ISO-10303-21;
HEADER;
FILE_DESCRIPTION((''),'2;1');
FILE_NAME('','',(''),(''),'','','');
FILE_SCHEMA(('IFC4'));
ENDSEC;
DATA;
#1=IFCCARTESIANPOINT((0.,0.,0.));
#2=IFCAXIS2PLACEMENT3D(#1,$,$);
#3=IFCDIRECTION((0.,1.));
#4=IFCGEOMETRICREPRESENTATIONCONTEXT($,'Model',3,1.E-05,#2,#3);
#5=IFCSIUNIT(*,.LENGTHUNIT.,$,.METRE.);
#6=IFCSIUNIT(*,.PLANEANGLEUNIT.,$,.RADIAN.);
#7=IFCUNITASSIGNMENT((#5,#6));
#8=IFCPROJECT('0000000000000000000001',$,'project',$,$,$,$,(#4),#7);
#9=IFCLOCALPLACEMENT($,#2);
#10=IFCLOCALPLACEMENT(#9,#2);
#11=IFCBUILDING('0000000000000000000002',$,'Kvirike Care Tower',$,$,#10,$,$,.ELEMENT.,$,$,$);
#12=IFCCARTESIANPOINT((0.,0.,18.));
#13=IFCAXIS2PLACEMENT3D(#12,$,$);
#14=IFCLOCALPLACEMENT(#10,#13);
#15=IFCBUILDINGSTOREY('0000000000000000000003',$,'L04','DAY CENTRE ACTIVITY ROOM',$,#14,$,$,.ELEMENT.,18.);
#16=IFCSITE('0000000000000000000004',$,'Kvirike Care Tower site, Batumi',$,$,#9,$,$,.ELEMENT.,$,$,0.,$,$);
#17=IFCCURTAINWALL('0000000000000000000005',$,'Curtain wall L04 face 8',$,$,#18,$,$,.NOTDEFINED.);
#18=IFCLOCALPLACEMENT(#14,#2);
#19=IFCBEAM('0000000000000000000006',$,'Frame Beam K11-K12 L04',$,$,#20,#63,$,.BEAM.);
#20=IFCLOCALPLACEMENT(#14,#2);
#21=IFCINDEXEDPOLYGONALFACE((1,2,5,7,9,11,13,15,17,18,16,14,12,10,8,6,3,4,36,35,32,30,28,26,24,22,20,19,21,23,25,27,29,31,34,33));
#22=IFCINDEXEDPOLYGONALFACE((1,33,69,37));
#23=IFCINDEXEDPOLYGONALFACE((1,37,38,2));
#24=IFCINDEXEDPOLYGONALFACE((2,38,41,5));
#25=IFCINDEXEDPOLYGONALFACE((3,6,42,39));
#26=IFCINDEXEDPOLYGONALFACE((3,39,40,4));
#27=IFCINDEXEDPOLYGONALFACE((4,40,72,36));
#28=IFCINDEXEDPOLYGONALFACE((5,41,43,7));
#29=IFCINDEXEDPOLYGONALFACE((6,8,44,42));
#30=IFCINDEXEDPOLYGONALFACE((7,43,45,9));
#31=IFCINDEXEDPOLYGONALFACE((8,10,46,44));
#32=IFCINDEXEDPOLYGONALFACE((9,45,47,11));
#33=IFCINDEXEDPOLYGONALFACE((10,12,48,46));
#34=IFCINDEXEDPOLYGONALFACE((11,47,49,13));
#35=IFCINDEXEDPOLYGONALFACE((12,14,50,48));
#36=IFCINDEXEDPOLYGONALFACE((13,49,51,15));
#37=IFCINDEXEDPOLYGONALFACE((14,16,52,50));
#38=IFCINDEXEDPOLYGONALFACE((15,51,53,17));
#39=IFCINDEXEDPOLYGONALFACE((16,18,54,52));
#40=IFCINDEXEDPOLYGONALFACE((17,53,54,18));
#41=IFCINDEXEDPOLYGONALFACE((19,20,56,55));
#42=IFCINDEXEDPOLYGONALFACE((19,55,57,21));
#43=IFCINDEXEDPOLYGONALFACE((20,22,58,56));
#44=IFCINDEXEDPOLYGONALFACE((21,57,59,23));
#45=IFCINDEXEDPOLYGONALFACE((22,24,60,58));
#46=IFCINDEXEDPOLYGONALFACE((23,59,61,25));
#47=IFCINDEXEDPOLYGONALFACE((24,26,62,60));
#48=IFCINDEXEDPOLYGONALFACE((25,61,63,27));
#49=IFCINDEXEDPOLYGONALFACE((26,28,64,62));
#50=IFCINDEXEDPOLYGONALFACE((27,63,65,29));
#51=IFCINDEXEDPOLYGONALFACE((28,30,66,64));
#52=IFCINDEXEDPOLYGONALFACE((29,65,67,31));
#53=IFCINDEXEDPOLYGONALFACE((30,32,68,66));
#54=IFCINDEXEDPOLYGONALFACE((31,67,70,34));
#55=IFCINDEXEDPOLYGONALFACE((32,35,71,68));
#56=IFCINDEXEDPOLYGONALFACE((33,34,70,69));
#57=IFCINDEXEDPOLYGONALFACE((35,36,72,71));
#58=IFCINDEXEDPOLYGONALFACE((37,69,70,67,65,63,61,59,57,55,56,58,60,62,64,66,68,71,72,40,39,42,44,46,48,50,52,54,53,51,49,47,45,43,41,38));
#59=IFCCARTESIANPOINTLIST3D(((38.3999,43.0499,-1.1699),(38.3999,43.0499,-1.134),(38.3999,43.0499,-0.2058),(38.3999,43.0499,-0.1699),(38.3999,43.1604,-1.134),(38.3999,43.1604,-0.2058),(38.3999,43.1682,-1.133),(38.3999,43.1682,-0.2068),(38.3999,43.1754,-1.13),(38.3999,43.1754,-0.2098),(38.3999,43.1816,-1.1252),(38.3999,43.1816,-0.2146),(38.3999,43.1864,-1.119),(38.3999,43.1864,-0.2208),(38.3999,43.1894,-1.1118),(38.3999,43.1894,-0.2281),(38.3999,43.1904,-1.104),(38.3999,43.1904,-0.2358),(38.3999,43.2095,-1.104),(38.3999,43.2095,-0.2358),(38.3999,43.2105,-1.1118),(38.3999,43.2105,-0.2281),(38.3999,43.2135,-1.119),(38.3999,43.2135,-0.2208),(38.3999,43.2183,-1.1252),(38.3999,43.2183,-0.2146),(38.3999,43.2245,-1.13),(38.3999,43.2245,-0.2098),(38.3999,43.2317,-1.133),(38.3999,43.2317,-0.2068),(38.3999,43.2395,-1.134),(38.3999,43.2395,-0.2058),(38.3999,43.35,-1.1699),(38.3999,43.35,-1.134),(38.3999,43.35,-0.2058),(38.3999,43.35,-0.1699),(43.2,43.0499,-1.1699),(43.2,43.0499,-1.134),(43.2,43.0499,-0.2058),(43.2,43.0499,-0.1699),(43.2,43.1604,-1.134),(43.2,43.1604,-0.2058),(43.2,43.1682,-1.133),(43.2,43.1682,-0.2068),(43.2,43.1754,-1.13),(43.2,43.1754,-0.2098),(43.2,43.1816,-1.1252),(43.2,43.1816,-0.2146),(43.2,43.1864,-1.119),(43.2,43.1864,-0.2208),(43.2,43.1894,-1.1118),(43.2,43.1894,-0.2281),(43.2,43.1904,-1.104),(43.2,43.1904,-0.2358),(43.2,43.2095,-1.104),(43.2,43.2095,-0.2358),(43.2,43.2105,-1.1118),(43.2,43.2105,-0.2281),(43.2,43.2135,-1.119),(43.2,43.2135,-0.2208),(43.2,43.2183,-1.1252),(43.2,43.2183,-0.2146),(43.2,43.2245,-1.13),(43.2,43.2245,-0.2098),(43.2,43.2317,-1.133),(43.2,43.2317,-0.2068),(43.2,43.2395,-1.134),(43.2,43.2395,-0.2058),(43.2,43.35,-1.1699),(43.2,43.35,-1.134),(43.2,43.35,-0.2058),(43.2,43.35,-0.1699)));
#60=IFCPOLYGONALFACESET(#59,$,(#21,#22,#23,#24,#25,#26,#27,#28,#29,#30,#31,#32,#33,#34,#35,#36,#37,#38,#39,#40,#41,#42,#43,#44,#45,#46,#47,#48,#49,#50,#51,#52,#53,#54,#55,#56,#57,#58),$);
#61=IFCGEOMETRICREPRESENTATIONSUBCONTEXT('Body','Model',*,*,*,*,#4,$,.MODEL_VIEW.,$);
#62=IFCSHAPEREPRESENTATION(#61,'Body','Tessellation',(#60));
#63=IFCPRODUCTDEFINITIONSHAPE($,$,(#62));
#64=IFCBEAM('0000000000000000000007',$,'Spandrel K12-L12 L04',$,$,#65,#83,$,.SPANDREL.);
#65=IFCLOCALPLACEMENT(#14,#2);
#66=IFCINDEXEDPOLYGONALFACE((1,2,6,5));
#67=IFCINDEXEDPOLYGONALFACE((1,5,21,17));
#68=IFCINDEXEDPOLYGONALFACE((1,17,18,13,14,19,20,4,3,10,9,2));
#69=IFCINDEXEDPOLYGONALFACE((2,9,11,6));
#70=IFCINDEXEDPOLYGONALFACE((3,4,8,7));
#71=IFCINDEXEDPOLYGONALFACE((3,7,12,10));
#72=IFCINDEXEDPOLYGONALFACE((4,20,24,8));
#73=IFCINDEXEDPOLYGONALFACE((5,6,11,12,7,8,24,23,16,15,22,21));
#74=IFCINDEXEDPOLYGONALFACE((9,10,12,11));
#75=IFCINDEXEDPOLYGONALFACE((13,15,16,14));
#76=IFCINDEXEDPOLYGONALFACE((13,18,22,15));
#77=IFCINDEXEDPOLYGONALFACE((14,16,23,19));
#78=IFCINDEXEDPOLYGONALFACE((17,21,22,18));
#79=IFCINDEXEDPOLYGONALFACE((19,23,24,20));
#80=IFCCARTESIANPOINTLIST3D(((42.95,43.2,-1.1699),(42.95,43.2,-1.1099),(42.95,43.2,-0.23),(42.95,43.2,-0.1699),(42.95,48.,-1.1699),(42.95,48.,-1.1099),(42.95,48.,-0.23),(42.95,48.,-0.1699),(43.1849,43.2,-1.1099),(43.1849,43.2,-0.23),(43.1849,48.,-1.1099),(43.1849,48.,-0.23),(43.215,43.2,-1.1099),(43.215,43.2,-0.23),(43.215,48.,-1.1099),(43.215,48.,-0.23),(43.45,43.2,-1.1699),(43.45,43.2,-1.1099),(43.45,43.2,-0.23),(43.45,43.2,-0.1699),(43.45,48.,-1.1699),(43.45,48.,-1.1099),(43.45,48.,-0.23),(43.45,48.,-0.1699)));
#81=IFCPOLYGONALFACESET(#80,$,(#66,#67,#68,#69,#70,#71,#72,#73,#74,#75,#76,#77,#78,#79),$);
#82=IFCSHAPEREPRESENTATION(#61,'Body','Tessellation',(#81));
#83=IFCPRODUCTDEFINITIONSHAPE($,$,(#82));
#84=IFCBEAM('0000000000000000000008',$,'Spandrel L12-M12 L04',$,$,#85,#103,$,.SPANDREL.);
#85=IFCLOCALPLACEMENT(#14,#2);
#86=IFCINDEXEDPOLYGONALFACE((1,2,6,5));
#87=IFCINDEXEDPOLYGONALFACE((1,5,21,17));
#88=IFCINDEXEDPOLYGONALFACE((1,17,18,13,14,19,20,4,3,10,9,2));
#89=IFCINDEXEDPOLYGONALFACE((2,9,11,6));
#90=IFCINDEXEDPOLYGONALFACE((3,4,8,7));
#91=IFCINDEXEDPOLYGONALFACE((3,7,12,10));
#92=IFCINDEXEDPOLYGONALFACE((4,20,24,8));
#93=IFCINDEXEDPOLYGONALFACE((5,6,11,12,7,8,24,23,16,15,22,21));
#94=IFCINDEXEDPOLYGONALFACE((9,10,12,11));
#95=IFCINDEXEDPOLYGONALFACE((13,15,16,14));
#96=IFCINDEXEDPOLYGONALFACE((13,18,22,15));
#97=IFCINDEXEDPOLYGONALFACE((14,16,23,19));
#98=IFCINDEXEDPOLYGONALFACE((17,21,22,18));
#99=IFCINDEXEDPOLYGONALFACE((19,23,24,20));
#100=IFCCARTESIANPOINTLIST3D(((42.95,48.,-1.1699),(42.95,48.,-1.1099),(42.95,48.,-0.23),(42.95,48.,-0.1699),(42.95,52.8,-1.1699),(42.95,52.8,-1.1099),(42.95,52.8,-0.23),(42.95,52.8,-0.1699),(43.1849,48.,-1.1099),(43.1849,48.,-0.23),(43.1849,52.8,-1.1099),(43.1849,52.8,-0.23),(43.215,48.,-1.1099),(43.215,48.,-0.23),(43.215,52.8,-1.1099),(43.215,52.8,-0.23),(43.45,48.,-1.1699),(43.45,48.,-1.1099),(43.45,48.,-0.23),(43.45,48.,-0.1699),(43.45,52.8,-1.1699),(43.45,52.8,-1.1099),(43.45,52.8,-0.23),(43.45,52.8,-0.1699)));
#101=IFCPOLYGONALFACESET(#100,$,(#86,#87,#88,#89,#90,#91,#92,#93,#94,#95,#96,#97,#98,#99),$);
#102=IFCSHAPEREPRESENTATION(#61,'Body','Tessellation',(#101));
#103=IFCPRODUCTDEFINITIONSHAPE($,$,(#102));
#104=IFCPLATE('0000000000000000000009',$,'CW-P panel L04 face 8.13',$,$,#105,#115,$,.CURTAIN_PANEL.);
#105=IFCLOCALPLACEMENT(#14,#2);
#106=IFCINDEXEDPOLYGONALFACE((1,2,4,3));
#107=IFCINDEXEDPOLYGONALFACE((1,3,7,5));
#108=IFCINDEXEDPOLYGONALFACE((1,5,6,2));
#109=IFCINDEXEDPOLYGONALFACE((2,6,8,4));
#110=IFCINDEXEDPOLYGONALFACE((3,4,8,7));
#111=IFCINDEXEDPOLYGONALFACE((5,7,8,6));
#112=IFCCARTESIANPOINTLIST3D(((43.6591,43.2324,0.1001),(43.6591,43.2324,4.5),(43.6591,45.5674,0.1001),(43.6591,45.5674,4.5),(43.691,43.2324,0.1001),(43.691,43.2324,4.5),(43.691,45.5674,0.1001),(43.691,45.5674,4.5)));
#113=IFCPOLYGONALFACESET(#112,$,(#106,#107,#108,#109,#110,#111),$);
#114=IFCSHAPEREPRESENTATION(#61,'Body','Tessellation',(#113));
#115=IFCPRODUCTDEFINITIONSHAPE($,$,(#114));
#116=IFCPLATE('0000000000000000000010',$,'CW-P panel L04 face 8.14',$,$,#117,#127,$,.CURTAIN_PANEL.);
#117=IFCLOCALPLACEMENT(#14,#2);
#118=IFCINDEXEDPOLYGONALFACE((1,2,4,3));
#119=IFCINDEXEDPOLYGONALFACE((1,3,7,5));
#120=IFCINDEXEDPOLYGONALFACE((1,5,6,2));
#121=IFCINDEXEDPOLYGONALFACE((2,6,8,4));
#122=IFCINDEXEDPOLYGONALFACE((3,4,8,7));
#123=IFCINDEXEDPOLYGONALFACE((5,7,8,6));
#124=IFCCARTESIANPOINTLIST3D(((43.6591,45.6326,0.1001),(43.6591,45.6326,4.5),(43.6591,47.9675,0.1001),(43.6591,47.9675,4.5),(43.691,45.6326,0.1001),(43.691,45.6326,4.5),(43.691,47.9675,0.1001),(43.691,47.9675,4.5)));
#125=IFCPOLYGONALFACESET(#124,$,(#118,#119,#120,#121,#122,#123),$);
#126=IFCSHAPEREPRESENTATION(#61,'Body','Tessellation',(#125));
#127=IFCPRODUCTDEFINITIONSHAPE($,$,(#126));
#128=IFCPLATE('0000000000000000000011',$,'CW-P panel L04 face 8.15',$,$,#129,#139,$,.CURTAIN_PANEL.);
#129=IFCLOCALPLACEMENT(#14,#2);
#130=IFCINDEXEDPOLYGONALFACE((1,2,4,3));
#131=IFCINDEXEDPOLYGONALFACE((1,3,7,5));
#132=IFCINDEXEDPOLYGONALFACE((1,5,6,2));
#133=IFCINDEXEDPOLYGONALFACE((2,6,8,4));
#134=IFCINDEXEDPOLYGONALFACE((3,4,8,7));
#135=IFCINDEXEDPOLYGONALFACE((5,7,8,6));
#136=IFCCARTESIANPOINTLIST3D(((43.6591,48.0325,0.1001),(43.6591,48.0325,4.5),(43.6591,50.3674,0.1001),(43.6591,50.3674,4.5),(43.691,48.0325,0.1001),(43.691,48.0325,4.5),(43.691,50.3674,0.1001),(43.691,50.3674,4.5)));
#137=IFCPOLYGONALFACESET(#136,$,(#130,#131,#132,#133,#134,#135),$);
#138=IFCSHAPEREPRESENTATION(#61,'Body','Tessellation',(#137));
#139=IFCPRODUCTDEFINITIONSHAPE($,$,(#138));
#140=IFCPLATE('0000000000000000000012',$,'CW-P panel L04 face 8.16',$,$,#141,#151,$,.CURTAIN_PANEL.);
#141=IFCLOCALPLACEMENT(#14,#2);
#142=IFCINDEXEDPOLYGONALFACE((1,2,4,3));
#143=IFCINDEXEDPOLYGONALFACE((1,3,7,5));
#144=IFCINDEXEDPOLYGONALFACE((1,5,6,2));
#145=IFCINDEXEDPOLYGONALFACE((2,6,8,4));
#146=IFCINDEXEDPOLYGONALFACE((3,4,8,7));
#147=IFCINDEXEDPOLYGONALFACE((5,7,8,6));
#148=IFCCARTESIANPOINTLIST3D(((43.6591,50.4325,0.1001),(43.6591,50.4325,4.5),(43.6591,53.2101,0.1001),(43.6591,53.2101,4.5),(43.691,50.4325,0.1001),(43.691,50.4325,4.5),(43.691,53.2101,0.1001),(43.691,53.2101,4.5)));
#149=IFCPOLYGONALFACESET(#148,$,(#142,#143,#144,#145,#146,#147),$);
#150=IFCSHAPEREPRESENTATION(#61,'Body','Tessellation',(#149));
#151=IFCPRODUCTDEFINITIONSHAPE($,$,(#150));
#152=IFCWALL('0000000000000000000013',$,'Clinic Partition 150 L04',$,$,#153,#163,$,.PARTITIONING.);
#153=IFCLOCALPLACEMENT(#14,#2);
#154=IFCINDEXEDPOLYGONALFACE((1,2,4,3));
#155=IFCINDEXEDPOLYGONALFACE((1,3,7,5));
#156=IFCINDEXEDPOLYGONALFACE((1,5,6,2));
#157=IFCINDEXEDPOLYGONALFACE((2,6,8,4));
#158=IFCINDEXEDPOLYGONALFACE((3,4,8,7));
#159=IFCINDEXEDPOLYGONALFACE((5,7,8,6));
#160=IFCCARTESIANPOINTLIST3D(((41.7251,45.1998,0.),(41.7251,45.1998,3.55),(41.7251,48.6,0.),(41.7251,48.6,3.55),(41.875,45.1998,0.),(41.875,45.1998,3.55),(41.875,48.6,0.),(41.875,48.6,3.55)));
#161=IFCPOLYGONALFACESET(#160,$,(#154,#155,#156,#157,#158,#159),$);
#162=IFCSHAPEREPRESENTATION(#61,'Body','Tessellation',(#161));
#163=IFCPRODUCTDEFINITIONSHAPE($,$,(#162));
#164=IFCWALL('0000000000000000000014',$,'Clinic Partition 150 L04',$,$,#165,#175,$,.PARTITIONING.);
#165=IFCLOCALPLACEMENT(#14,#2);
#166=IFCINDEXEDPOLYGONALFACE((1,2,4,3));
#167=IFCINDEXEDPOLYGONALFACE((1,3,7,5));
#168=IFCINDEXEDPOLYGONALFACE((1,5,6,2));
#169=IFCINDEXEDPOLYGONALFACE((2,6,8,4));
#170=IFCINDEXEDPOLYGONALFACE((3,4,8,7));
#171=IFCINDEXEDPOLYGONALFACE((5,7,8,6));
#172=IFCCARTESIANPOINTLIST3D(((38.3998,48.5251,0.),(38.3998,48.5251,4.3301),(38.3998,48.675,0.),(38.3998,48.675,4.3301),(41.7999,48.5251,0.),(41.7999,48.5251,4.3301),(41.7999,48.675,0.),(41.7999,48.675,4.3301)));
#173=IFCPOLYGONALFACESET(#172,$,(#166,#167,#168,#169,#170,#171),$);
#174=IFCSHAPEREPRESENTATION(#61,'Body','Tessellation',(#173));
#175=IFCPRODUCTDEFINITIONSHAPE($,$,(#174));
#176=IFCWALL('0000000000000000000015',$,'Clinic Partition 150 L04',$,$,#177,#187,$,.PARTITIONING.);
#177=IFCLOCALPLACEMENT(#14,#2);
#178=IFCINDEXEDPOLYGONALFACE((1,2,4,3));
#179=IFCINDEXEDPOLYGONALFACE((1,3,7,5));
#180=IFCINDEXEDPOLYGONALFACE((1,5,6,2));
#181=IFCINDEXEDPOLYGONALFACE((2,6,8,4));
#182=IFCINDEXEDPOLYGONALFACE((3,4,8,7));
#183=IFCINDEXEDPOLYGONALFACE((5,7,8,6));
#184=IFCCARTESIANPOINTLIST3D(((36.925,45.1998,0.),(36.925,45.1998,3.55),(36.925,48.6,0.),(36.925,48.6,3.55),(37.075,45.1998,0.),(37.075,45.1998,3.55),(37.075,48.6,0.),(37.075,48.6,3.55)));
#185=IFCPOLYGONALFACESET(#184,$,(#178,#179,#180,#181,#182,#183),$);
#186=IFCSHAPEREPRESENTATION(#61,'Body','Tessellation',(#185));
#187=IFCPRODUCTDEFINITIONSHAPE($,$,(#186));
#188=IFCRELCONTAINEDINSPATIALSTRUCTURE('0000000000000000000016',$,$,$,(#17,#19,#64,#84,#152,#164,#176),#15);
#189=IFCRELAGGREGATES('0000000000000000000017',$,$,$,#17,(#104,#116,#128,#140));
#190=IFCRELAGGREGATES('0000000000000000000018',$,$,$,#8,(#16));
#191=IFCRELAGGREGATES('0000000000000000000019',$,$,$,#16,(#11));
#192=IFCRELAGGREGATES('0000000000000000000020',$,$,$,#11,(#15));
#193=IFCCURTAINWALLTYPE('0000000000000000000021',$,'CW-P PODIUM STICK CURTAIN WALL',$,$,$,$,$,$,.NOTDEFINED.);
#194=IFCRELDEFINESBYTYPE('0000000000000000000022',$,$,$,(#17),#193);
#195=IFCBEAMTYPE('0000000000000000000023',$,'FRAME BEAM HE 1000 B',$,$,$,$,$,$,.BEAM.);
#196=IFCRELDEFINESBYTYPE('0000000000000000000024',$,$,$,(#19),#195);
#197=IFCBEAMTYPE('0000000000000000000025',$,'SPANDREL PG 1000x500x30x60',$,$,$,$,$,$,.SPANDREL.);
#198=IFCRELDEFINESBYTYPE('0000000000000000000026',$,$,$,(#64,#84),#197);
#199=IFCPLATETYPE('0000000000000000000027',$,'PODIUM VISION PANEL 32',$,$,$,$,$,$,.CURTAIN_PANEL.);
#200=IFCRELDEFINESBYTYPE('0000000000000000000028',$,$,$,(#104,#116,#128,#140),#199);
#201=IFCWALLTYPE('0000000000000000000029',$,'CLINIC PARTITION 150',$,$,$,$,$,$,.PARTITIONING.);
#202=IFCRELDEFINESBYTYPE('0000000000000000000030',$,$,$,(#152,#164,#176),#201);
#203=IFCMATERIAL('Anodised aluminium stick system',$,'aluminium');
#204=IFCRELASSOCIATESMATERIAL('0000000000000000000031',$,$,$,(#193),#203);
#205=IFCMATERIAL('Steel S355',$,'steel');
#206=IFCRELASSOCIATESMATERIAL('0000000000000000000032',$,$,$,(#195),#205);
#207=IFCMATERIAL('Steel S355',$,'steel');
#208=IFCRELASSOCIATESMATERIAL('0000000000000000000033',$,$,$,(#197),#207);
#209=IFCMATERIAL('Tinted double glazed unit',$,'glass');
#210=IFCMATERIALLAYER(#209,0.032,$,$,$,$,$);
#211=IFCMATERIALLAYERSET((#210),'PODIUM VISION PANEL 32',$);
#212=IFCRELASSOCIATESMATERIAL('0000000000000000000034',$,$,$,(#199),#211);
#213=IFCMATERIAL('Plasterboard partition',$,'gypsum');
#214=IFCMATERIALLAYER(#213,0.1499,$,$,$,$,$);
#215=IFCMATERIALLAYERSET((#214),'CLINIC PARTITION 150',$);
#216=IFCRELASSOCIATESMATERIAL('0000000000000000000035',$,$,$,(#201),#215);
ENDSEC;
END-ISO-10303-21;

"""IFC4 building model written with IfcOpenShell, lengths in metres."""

from ifc_helpers import new_model, si_unit, direction, frame, frame_2d, origin, origin_2d, place, context, subcontext, project, spatial, rectangle, i_section, extrude, material, layer, layer_set, material_profile, profile_set, type_object, element, aggregate, save


model = new_model("IFC4")

# Units and contexts
model_context = context("Model", 3, precision=1e-05, world=origin(), true_north=direction((0.0, 1.0)))
body_context = subcontext(model_context, "Body", "Model", "MODEL_VIEW")
ifc_project = project(units=[si_unit("LENGTHUNIT", "METRE"), si_unit("PLANEANGLEUNIT", "RADIAN")], contexts=[model_context])

# Site, building, storey
site_placement = place(None, origin())
site = spatial("IfcSite", under=ifc_project, at=site_placement, Name="Kvirike Care Tower site, Batumi", CompositionType="ELEMENT", RefElevation=0.0)
building_placement = place(site_placement, origin())
building = spatial("IfcBuilding", under=site, at=building_placement, Name="Kvirike Care Tower", CompositionType="ELEMENT")
storey_placement = place(building_placement, frame((0.0, 0.0, 18.0)))
storey = spatial("IfcBuildingStorey", under=building, at=storey_placement, Name="L04", Description="DAY CENTRE ACTIVITY ROOM", CompositionType="ELEMENT", Elevation=18.0)

# Curtain wall
ifc_material_1 = material(Name="Anodised aluminium stick system", Category="aluminium")
curtain_wall_type = type_object("IfcCurtainWallType", Name="CW-P PODIUM STICK CURTAIN WALL", PredefinedType="NOTDEFINED", material=ifc_material_1)
curtain_wall_placement = place(storey_placement, origin())
curtain_wall = element("IfcCurtainWall", 1, at=curtain_wall_placement, inside=storey, type_object=curtain_wall_type, Name="Curtain wall L04 face 8", PredefinedType="NOTDEFINED")

# Beams
ifc_material_2 = material(Name="Steel S355", Category="steel")
ifc_material_profile_1 = material_profile(ifc_material_2, i_section(OverallWidth=0.3, OverallDepth=1.0, WebThickness=0.019, FlangeThickness=0.0359, FilletRadius=0.03, at=origin_2d()), Name="HE 1000 B")
ifc_profile_set_1 = profile_set([ifc_material_profile_1], Name="Steel S355")
beam_type_1 = type_object("IfcBeamType", Name="FRAME BEAM HE 1000 B", PredefinedType="BEAM", material=ifc_profile_set_1)
beam_placement = place(storey_placement, frame((38.3999, 43.2, -0.6699), z_axis=(1.0, 0.0, 0.0), x_axis=(0.0, 1.0, 0.0)))
element("IfcBeam", 2, at=beam_placement, inside=storey, type_object=beam_type_1, Name="Frame Beam K11-K12 L04", PredefinedType="BEAM", context=body_context, shape_type="SweptSolid", body=[
    extrude(i_section(OverallWidth=0.3, OverallDepth=1.0, WebThickness=0.019, FlangeThickness=0.0359, FilletRadius=0.03, at=origin_2d()), origin(), (0.0, 0.0, 1.0), 4.8),
])
ifc_material_3 = material(Name="Steel S355", Category="steel")
ifc_material_profile_2 = material_profile(ifc_material_3, i_section(OverallWidth=0.5, OverallDepth=1.0, WebThickness=0.03, FlangeThickness=0.0601, at=origin_2d()), Name="PG 1000x500x30x60")
ifc_profile_set_2 = profile_set([ifc_material_profile_2], Name="Steel S355")
beam_type_2 = type_object("IfcBeamType", Name="SPANDREL PG 1000x500x30x60", PredefinedType="SPANDREL", material=ifc_profile_set_2)
for number, where, z_axis, x_axis, name in (
    (3, (43.2, 43.2, -0.6699), (0.0, 1.0, 0.0), (-1.0, 0.0, 0.0), "Spandrel K12-L12 L04"),
    (4, (43.2, 48.0, -0.6699), (0.0, 1.0, 0.0), (-1.0, 0.0, 0.0), "Spandrel L12-M12 L04"),
):
    element("IfcBeam", number, at=place(storey_placement, frame(where, z_axis=z_axis, x_axis=x_axis)), inside=storey, type_object=beam_type_2, Name=name, PredefinedType="SPANDREL", context=body_context, shape_type="SweptSolid", body=[
        extrude(i_section(OverallWidth=0.5, OverallDepth=1.0, WebThickness=0.03, FlangeThickness=0.0601, at=origin_2d()), origin(), (0.0, 0.0, 1.0), 4.8),
    ])

# Plates
ifc_material_4 = material(Name="Tinted double glazed unit", Category="glass")
ifc_layer_1 = layer(ifc_material_4, 0.032)
ifc_layer_set_1 = layer_set([ifc_layer_1], Name="PODIUM VISION PANEL 32")
plate_type = type_object("IfcPlateType", Name="PODIUM VISION PANEL 32", PredefinedType="CURTAIN_PANEL", material=ifc_layer_set_1)
plate_1_placement = place(storey_placement, frame((43.675, 44.3999, 0.1001), z_axis=(0.0, 0.0, 1.0), x_axis=(0.0, 1.0, 0.0)))
plate_1 = element("IfcPlate", 5, at=plate_1_placement, type_object=plate_type, Name="CW-P panel L04 face 8.13", PredefinedType="CURTAIN_PANEL", context=body_context, shape_type="SweptSolid", body=[
    extrude(rectangle(XDim=2.335, YDim=0.032, at=origin_2d()), origin(), (0.0, 0.0, 1.0), 4.3999),
])
plate_2_placement = place(storey_placement, frame((43.675, 46.8, 0.1001), z_axis=(0.0, 0.0, 1.0), x_axis=(0.0, 1.0, 0.0)))
plate_2 = element("IfcPlate", 6, at=plate_2_placement, type_object=plate_type, Name="CW-P panel L04 face 8.14", PredefinedType="CURTAIN_PANEL", context=body_context, shape_type="SweptSolid", body=[
    extrude(rectangle(XDim=2.335, YDim=0.032, at=origin_2d()), origin(), (0.0, 0.0, 1.0), 4.3999),
])
plate_3_placement = place(storey_placement, frame((43.675, 49.2, 0.1001), z_axis=(0.0, 0.0, 1.0), x_axis=(0.0, 1.0, 0.0)))
plate_3 = element("IfcPlate", 7, at=plate_3_placement, type_object=plate_type, Name="CW-P panel L04 face 8.15", PredefinedType="CURTAIN_PANEL", context=body_context, shape_type="SweptSolid", body=[
    extrude(rectangle(XDim=2.335, YDim=0.032, at=origin_2d()), origin(), (0.0, 0.0, 1.0), 4.3999),
])
plate_4_placement = place(storey_placement, frame((43.675, 51.8213, 0.1001), z_axis=(0.0, 0.0, 1.0), x_axis=(0.0, 1.0, 0.0)))
plate_4 = element("IfcPlate", 8, at=plate_4_placement, type_object=plate_type, Name="CW-P panel L04 face 8.16", PredefinedType="CURTAIN_PANEL", context=body_context, shape_type="SweptSolid", body=[
    extrude(rectangle(XDim=2.7776, YDim=0.032, at=origin_2d()), origin(), (0.0, 0.0, 1.0), 4.3999),
])
aggregate(curtain_wall, [plate_1, plate_2, plate_3, plate_4])

# Walls
ifc_material_5 = material(Name="Plasterboard partition", Category="gypsum")
ifc_layer_2 = layer(ifc_material_5, 0.1499)
ifc_layer_set_2 = layer_set([ifc_layer_2], Name="CLINIC PARTITION 150")
wall_type_1 = type_object("IfcWallType", Name="CLINIC PARTITION 150", PredefinedType="PARTITIONING", material=ifc_layer_set_2)
wall_1_placement = place(storey_placement, frame((41.8, 48.6001, 0.0), z_axis=(0.0, 0.0, 1.0), x_axis=(0.0, -1.0, 0.0)))
element("IfcWall", 9, at=wall_1_placement, inside=storey, type_object=wall_type_1, Name="Clinic Partition 150 L04", PredefinedType="PARTITIONING", context=body_context, shape_type="SweptSolid", body=[
    extrude(rectangle(XDim=3.4001, YDim=0.1499, at=frame_2d((1.7002, 0.0))), origin(), (0.0, 0.0, 1.0), 3.55),
])
wall_2_placement = place(storey_placement, frame((41.8, 48.6001, 0.0), z_axis=(0.0, 0.0, 1.0), x_axis=(-1.0, 0.0, 0.0)))
element("IfcWall", 10, at=wall_2_placement, inside=storey, type_object=wall_type_1, Name="Clinic Partition 150 L04", PredefinedType="PARTITIONING", context=body_context, shape_type="SweptSolid", body=[
    extrude(rectangle(XDim=3.4001, YDim=0.1499, at=frame_2d((1.7002, 0.0))), origin(), (0.0, 0.0, 1.0), 4.3301),
])
wall_3_placement = place(storey_placement, frame((37.0, 48.6001, 0.0), z_axis=(0.0, 0.0, 1.0), x_axis=(0.0, -1.0, 0.0)))
element("IfcWall", 11, at=wall_3_placement, inside=storey, type_object=wall_type_1, Name="Clinic Partition 150 L04", PredefinedType="PARTITIONING", context=body_context, shape_type="SweptSolid", body=[
    extrude(rectangle(XDim=3.4001, YDim=0.1499, at=frame_2d((1.7002, 0.0))), origin(), (0.0, 0.0, 1.0), 3.55),
])

save(model, "model.ifc")
